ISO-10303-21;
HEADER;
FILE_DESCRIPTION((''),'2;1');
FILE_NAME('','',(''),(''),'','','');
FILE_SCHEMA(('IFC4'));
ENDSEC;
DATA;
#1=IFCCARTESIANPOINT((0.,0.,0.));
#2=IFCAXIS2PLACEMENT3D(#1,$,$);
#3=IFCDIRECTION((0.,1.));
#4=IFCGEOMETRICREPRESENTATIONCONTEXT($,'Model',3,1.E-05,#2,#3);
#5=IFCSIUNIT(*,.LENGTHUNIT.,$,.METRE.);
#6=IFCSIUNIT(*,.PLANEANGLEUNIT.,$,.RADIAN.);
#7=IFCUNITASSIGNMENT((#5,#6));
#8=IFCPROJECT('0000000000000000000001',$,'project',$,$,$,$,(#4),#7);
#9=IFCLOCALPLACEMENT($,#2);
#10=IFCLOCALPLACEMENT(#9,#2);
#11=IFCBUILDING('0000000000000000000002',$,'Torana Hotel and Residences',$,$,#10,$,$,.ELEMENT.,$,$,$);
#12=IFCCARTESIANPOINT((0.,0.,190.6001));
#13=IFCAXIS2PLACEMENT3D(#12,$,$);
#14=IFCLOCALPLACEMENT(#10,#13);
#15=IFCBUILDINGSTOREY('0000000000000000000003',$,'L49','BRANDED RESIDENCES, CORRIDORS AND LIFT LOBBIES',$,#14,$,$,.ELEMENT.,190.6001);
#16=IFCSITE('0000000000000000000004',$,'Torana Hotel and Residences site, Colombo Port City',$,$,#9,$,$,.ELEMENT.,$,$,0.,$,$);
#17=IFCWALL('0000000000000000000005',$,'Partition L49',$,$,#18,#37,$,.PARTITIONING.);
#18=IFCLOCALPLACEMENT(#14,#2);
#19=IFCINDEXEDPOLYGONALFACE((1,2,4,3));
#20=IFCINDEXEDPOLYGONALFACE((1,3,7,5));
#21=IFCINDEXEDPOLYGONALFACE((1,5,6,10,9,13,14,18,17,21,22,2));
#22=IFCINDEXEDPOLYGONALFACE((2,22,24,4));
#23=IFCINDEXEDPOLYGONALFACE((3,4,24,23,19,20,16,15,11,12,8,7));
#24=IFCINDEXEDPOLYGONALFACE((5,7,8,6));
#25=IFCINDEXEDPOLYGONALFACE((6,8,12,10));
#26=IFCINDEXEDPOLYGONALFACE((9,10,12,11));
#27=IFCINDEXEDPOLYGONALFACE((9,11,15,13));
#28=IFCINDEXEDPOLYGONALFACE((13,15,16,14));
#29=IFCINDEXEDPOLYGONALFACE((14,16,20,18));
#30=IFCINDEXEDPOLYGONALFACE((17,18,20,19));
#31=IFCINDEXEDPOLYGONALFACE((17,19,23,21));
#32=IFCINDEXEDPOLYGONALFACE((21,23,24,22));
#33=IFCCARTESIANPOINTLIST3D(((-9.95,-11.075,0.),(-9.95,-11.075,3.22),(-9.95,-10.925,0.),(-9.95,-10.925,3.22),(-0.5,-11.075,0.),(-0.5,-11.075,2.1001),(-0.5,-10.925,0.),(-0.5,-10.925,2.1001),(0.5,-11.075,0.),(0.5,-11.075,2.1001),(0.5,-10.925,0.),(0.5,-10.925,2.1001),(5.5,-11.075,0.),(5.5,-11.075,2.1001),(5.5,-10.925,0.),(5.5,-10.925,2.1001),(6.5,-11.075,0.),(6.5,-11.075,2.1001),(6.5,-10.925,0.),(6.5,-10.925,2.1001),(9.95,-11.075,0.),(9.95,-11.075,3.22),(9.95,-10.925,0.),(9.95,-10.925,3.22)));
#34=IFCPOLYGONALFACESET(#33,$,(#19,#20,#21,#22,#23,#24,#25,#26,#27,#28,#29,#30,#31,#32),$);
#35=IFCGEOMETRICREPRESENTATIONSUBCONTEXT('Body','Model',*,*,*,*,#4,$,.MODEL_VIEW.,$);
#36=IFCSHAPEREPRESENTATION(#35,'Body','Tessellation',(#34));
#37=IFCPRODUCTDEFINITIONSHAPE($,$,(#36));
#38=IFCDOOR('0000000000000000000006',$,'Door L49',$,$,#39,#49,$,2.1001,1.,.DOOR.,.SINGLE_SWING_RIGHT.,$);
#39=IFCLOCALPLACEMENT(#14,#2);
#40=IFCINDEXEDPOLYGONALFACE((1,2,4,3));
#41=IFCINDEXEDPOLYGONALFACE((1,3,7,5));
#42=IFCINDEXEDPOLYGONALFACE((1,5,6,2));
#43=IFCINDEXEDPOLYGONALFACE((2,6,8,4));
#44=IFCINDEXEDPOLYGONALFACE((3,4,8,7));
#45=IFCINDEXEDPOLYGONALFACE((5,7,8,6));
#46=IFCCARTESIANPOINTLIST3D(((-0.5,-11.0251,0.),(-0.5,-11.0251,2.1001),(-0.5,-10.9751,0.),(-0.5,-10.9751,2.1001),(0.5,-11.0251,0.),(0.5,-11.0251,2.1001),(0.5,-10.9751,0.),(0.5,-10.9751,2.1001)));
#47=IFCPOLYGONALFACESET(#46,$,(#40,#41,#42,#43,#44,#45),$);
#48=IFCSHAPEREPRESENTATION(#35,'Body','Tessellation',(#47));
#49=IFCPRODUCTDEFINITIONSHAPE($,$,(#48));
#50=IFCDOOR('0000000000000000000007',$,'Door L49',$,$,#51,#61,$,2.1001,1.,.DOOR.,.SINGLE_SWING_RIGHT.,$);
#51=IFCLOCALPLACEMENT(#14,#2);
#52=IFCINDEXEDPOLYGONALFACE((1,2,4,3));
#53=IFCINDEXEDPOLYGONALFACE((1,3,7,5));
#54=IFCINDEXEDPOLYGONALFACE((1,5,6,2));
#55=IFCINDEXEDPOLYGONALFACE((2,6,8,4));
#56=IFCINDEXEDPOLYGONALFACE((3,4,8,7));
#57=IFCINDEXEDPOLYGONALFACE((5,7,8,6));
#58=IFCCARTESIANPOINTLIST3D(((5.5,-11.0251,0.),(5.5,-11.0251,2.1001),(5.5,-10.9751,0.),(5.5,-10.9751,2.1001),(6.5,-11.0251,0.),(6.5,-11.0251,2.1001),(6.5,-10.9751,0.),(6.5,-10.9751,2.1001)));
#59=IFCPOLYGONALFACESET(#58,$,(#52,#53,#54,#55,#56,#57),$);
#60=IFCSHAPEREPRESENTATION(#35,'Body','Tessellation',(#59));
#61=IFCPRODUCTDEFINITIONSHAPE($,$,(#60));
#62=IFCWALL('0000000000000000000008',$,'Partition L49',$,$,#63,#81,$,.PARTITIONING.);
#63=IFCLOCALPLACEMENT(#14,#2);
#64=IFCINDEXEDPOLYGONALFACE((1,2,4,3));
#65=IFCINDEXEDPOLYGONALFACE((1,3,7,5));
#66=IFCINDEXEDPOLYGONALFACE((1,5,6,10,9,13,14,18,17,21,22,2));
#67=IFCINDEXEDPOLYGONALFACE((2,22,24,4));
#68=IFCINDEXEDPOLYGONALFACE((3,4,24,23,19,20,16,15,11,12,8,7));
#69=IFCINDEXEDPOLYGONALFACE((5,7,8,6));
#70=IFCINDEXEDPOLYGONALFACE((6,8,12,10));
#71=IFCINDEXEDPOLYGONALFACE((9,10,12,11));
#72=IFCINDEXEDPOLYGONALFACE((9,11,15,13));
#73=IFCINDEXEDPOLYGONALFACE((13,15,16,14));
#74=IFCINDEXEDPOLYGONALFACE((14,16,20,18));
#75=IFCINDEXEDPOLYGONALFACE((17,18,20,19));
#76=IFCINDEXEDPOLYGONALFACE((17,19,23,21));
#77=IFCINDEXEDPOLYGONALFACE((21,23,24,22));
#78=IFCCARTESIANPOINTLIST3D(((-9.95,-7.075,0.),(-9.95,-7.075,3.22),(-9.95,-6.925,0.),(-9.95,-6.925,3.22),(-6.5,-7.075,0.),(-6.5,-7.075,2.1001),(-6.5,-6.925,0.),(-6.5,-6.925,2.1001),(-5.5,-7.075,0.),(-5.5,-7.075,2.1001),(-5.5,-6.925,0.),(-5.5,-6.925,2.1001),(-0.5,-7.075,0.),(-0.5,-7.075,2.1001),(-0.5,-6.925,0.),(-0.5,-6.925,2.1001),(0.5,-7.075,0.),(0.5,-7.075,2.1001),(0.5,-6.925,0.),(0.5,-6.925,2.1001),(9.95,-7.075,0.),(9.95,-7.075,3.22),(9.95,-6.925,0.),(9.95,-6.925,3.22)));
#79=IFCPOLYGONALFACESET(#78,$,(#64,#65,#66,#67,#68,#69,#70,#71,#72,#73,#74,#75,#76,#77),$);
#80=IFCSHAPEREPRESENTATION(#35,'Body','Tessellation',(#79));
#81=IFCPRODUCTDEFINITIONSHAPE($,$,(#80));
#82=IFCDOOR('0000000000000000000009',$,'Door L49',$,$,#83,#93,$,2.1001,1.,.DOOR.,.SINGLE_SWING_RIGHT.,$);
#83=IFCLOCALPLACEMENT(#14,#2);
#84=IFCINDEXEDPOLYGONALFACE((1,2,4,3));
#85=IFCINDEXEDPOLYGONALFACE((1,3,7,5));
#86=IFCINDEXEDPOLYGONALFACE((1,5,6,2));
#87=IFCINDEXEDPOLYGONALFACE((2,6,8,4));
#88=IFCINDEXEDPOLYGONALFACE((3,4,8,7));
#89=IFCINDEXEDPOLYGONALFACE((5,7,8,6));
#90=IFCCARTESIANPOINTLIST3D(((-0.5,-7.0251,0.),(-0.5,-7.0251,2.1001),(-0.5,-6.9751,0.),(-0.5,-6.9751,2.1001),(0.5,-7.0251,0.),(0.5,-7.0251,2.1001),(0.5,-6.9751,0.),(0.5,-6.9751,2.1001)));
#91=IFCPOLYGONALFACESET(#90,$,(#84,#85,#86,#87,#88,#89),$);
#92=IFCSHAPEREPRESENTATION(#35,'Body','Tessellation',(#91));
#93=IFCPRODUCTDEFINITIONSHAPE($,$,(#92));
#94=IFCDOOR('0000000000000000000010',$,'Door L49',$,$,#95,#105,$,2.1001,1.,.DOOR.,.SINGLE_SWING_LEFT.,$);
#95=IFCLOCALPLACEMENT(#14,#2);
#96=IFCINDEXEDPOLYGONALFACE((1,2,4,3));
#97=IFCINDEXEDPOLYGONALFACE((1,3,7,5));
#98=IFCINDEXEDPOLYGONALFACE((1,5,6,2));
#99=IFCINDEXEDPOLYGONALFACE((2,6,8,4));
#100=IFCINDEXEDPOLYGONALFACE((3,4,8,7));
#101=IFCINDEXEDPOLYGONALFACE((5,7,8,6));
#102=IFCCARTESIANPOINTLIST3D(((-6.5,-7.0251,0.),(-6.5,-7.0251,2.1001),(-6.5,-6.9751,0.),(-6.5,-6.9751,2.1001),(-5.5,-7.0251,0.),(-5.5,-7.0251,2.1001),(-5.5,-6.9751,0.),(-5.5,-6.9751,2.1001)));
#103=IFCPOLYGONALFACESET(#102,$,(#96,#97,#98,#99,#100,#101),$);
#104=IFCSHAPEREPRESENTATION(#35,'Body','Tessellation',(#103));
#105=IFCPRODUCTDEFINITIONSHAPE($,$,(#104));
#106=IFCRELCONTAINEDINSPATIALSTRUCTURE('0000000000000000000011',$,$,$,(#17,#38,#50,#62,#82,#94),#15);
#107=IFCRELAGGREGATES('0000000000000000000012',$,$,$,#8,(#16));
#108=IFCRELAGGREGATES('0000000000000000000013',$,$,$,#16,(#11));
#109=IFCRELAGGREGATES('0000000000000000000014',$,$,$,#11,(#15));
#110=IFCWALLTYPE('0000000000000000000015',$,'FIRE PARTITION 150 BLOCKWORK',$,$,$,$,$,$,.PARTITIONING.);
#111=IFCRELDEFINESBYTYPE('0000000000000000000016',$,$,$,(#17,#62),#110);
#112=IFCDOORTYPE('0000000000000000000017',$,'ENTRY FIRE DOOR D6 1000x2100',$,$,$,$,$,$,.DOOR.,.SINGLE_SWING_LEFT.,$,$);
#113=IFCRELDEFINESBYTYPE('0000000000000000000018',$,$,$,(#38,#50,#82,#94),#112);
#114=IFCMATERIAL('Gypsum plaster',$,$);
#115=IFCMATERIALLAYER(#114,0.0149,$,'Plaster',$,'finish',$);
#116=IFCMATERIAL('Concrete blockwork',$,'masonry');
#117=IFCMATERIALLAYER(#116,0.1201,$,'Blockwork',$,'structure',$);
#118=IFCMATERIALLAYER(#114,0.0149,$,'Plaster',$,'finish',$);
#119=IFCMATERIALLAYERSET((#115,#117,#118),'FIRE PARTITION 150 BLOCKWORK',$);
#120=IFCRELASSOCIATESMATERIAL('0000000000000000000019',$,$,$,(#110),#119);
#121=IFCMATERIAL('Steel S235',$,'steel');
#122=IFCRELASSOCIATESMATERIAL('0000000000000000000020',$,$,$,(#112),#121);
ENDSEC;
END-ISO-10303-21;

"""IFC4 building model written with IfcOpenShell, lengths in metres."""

from ifc_helpers import new_model, si_unit, direction, frame, frame_2d, origin, place, context, subcontext, project, spatial, rectangle, extrude, material, layer, layer_set, type_object, element, fill, save


model = new_model("IFC4")

# Units and contexts
model_context = context("Model", 3, precision=1e-05, world=origin(), true_north=direction((0.0, 1.0)))
body_context = subcontext(model_context, "Body", "Model", "MODEL_VIEW")
ifc_project = project(units=[si_unit("LENGTHUNIT", "METRE"), si_unit("PLANEANGLEUNIT", "RADIAN")], contexts=[model_context])

# Site, building, storey
site_placement = place(None, origin())
site = spatial("IfcSite", under=ifc_project, at=site_placement, Name="Torana Hotel and Residences site, Colombo Port City", CompositionType="ELEMENT", RefElevation=0.0)
building_placement = place(site_placement, origin())
building = spatial("IfcBuilding", under=site, at=building_placement, Name="Torana Hotel and Residences", CompositionType="ELEMENT")
storey_placement = place(building_placement, frame((0.0, 0.0, 190.6001)))
storey = spatial("IfcBuildingStorey", under=building, at=storey_placement, Name="L49", Description="BRANDED RESIDENCES, CORRIDORS AND LIFT LOBBIES", CompositionType="ELEMENT", Elevation=190.6001)

# Shared definitions
ifc_material_1 = material(Name="Gypsum plaster")
ifc_layer_1 = layer(ifc_material_1, 0.0149, Name="Plaster", Category="finish")
ifc_material_2 = material(Name="Concrete blockwork", Category="masonry")
ifc_layer_2 = layer(ifc_material_2, 0.1201, Name="Blockwork", Category="structure")
ifc_layer_3 = layer(ifc_material_1, 0.0149, Name="Plaster", Category="finish")
ifc_layer_set_1 = layer_set([ifc_layer_1, ifc_layer_2, ifc_layer_3], Name="FIRE PARTITION 150 BLOCKWORK")
wall_type_1 = type_object("IfcWallType", Name="FIRE PARTITION 150 BLOCKWORK", PredefinedType="PARTITIONING", material=ifc_layer_set_1)

# Walls, openings, doors
wall_1_placement = place(storey_placement, frame((-9.95, -11.0, 0.0), z_axis=(0.0, 0.0, 1.0), x_axis=(1.0, 0.0, 0.0)))
wall_1 = element("IfcWall", 1, at=wall_1_placement, inside=storey, type_object=wall_type_1, Name="Partition L49", PredefinedType="PARTITIONING", context=body_context, shape_type="SweptSolid", body=[
    extrude(rectangle(XDim=19.8999, YDim=0.1499, at=frame_2d((9.95, 0.0))), origin(), (0.0, 0.0, 1.0), 3.22),
])
opening_1_placement = place(wall_1_placement, frame((9.45, 0.0, 0.0)))
opening_1 = element("IfcOpeningElement", 2, at=opening_1_placement, cuts=wall_1, PredefinedType="OPENING", context=body_context, shape_type="SweptSolid", body=[
    extrude(rectangle(XDim=1.0, YDim=2.1001, at=frame_2d((0.5, 1.05))), frame((0.0, 0.085, 0.0), z_axis=(0.0, -1.0, 0.0), x_axis=(1.0, 0.0, 0.0)), (0.0, 0.0, 1.0), 0.1699),
])
opening_2_placement = place(wall_1_placement, frame((15.45, 0.0, 0.0)))
opening_2 = element("IfcOpeningElement", 3, at=opening_2_placement, cuts=wall_1, PredefinedType="OPENING", context=body_context, shape_type="SweptSolid", body=[
    extrude(rectangle(XDim=1.0, YDim=2.1001, at=frame_2d((0.5, 1.05))), frame((0.0, 0.085, 0.0), z_axis=(0.0, -1.0, 0.0), x_axis=(1.0, 0.0, 0.0)), (0.0, 0.0, 1.0), 0.1699),
])
ifc_material_3 = material(Name="Steel S235", Category="steel")
door_type = type_object("IfcDoorType", Name="ENTRY FIRE DOOR D6 1000x2100", OperationType="SINGLE_SWING_LEFT", PredefinedType="DOOR", material=ifc_material_3)
door_1_placement = place(opening_1_placement, origin())
door_1 = element("IfcDoor", 4, at=door_1_placement, inside=storey, type_object=door_type, Name="Door L49", OperationType="SINGLE_SWING_RIGHT", OverallHeight=2.1001, OverallWidth=1.0, PredefinedType="DOOR", context=body_context, shape_type="SweptSolid", body=[
    extrude(rectangle(XDim=1.0, YDim=2.1001, at=frame_2d((0.5, 1.05))), frame((0.0, 0.0249, 0.0), z_axis=(0.0, -1.0, 0.0), x_axis=(1.0, 0.0, 0.0)), (0.0, 0.0, 1.0), 0.05),
])
fill(opening_1, door_1)
door_2_placement = place(opening_2_placement, origin())
door_2 = element("IfcDoor", 5, at=door_2_placement, inside=storey, type_object=door_type, Name="Door L49", OperationType="SINGLE_SWING_RIGHT", OverallHeight=2.1001, OverallWidth=1.0, PredefinedType="DOOR", context=body_context, shape_type="SweptSolid", body=[
    extrude(rectangle(XDim=1.0, YDim=2.1001, at=frame_2d((0.5, 1.05))), frame((0.0, 0.0249, 0.0), z_axis=(0.0, -1.0, 0.0), x_axis=(1.0, 0.0, 0.0)), (0.0, 0.0, 1.0), 0.05),
])
fill(opening_2, door_2)
wall_2_placement = place(storey_placement, frame((-9.95, -7.0, 0.0), z_axis=(0.0, 0.0, 1.0), x_axis=(1.0, 0.0, 0.0)))
wall_2 = element("IfcWall", 6, at=wall_2_placement, inside=storey, type_object=wall_type_1, Name="Partition L49", PredefinedType="PARTITIONING", context=body_context, shape_type="SweptSolid", body=[
    extrude(rectangle(XDim=19.8999, YDim=0.1499, at=frame_2d((9.95, 0.0))), origin(), (0.0, 0.0, 1.0), 3.22),
])
opening_3_placement = place(wall_2_placement, frame((9.45, 0.0, 0.0)))
opening_3 = element("IfcOpeningElement", 7, at=opening_3_placement, cuts=wall_2, PredefinedType="OPENING", context=body_context, shape_type="SweptSolid", body=[
    extrude(rectangle(XDim=1.0, YDim=2.1001, at=frame_2d((0.5, 1.05))), frame((0.0, 0.085, 0.0), z_axis=(0.0, -1.0, 0.0), x_axis=(1.0, 0.0, 0.0)), (0.0, 0.0, 1.0), 0.1699),
])
opening_4_placement = place(wall_2_placement, frame((3.45, 0.0, 0.0)))
opening_4 = element("IfcOpeningElement", 8, at=opening_4_placement, cuts=wall_2, PredefinedType="OPENING", context=body_context, shape_type="SweptSolid", body=[
    extrude(rectangle(XDim=1.0, YDim=2.1001, at=frame_2d((0.5, 1.05))), frame((0.0, 0.085, 0.0), z_axis=(0.0, -1.0, 0.0), x_axis=(1.0, 0.0, 0.0)), (0.0, 0.0, 1.0), 0.1699),
])
door_3_placement = place(opening_3_placement, origin())
door_3 = element("IfcDoor", 9, at=door_3_placement, inside=storey, type_object=door_type, Name="Door L49", OperationType="SINGLE_SWING_RIGHT", OverallHeight=2.1001, OverallWidth=1.0, PredefinedType="DOOR", context=body_context, shape_type="SweptSolid", body=[
    extrude(rectangle(XDim=1.0, YDim=2.1001, at=frame_2d((0.5, 1.05))), frame((0.0, 0.0249, 0.0), z_axis=(0.0, -1.0, 0.0), x_axis=(1.0, 0.0, 0.0)), (0.0, 0.0, 1.0), 0.05),
])
fill(opening_3, door_3)
door_4_placement = place(opening_4_placement, frame((0.5, 0.0, 0.0), z_axis=(0.0, 0.0, 1.0), x_axis=(-1.0, 0.0, 0.0)))
door_4 = element("IfcDoor", 10, at=door_4_placement, inside=storey, type_object=door_type, Name="Door L49", OperationType="SINGLE_SWING_LEFT", OverallHeight=2.1001, OverallWidth=1.0, PredefinedType="DOOR", context=body_context, shape_type="SweptSolid", body=[
    extrude(rectangle(XDim=1.0, YDim=2.1001, at=frame_2d((0.0, 1.05))), frame((0.0, -0.0249, 0.0), z_axis=(0.0, 1.0, 0.0), x_axis=(-1.0, 0.0, 0.0)), (0.0, 0.0, 1.0), 0.05),
])
fill(opening_4, door_4)

save(model, "model.ifc")
